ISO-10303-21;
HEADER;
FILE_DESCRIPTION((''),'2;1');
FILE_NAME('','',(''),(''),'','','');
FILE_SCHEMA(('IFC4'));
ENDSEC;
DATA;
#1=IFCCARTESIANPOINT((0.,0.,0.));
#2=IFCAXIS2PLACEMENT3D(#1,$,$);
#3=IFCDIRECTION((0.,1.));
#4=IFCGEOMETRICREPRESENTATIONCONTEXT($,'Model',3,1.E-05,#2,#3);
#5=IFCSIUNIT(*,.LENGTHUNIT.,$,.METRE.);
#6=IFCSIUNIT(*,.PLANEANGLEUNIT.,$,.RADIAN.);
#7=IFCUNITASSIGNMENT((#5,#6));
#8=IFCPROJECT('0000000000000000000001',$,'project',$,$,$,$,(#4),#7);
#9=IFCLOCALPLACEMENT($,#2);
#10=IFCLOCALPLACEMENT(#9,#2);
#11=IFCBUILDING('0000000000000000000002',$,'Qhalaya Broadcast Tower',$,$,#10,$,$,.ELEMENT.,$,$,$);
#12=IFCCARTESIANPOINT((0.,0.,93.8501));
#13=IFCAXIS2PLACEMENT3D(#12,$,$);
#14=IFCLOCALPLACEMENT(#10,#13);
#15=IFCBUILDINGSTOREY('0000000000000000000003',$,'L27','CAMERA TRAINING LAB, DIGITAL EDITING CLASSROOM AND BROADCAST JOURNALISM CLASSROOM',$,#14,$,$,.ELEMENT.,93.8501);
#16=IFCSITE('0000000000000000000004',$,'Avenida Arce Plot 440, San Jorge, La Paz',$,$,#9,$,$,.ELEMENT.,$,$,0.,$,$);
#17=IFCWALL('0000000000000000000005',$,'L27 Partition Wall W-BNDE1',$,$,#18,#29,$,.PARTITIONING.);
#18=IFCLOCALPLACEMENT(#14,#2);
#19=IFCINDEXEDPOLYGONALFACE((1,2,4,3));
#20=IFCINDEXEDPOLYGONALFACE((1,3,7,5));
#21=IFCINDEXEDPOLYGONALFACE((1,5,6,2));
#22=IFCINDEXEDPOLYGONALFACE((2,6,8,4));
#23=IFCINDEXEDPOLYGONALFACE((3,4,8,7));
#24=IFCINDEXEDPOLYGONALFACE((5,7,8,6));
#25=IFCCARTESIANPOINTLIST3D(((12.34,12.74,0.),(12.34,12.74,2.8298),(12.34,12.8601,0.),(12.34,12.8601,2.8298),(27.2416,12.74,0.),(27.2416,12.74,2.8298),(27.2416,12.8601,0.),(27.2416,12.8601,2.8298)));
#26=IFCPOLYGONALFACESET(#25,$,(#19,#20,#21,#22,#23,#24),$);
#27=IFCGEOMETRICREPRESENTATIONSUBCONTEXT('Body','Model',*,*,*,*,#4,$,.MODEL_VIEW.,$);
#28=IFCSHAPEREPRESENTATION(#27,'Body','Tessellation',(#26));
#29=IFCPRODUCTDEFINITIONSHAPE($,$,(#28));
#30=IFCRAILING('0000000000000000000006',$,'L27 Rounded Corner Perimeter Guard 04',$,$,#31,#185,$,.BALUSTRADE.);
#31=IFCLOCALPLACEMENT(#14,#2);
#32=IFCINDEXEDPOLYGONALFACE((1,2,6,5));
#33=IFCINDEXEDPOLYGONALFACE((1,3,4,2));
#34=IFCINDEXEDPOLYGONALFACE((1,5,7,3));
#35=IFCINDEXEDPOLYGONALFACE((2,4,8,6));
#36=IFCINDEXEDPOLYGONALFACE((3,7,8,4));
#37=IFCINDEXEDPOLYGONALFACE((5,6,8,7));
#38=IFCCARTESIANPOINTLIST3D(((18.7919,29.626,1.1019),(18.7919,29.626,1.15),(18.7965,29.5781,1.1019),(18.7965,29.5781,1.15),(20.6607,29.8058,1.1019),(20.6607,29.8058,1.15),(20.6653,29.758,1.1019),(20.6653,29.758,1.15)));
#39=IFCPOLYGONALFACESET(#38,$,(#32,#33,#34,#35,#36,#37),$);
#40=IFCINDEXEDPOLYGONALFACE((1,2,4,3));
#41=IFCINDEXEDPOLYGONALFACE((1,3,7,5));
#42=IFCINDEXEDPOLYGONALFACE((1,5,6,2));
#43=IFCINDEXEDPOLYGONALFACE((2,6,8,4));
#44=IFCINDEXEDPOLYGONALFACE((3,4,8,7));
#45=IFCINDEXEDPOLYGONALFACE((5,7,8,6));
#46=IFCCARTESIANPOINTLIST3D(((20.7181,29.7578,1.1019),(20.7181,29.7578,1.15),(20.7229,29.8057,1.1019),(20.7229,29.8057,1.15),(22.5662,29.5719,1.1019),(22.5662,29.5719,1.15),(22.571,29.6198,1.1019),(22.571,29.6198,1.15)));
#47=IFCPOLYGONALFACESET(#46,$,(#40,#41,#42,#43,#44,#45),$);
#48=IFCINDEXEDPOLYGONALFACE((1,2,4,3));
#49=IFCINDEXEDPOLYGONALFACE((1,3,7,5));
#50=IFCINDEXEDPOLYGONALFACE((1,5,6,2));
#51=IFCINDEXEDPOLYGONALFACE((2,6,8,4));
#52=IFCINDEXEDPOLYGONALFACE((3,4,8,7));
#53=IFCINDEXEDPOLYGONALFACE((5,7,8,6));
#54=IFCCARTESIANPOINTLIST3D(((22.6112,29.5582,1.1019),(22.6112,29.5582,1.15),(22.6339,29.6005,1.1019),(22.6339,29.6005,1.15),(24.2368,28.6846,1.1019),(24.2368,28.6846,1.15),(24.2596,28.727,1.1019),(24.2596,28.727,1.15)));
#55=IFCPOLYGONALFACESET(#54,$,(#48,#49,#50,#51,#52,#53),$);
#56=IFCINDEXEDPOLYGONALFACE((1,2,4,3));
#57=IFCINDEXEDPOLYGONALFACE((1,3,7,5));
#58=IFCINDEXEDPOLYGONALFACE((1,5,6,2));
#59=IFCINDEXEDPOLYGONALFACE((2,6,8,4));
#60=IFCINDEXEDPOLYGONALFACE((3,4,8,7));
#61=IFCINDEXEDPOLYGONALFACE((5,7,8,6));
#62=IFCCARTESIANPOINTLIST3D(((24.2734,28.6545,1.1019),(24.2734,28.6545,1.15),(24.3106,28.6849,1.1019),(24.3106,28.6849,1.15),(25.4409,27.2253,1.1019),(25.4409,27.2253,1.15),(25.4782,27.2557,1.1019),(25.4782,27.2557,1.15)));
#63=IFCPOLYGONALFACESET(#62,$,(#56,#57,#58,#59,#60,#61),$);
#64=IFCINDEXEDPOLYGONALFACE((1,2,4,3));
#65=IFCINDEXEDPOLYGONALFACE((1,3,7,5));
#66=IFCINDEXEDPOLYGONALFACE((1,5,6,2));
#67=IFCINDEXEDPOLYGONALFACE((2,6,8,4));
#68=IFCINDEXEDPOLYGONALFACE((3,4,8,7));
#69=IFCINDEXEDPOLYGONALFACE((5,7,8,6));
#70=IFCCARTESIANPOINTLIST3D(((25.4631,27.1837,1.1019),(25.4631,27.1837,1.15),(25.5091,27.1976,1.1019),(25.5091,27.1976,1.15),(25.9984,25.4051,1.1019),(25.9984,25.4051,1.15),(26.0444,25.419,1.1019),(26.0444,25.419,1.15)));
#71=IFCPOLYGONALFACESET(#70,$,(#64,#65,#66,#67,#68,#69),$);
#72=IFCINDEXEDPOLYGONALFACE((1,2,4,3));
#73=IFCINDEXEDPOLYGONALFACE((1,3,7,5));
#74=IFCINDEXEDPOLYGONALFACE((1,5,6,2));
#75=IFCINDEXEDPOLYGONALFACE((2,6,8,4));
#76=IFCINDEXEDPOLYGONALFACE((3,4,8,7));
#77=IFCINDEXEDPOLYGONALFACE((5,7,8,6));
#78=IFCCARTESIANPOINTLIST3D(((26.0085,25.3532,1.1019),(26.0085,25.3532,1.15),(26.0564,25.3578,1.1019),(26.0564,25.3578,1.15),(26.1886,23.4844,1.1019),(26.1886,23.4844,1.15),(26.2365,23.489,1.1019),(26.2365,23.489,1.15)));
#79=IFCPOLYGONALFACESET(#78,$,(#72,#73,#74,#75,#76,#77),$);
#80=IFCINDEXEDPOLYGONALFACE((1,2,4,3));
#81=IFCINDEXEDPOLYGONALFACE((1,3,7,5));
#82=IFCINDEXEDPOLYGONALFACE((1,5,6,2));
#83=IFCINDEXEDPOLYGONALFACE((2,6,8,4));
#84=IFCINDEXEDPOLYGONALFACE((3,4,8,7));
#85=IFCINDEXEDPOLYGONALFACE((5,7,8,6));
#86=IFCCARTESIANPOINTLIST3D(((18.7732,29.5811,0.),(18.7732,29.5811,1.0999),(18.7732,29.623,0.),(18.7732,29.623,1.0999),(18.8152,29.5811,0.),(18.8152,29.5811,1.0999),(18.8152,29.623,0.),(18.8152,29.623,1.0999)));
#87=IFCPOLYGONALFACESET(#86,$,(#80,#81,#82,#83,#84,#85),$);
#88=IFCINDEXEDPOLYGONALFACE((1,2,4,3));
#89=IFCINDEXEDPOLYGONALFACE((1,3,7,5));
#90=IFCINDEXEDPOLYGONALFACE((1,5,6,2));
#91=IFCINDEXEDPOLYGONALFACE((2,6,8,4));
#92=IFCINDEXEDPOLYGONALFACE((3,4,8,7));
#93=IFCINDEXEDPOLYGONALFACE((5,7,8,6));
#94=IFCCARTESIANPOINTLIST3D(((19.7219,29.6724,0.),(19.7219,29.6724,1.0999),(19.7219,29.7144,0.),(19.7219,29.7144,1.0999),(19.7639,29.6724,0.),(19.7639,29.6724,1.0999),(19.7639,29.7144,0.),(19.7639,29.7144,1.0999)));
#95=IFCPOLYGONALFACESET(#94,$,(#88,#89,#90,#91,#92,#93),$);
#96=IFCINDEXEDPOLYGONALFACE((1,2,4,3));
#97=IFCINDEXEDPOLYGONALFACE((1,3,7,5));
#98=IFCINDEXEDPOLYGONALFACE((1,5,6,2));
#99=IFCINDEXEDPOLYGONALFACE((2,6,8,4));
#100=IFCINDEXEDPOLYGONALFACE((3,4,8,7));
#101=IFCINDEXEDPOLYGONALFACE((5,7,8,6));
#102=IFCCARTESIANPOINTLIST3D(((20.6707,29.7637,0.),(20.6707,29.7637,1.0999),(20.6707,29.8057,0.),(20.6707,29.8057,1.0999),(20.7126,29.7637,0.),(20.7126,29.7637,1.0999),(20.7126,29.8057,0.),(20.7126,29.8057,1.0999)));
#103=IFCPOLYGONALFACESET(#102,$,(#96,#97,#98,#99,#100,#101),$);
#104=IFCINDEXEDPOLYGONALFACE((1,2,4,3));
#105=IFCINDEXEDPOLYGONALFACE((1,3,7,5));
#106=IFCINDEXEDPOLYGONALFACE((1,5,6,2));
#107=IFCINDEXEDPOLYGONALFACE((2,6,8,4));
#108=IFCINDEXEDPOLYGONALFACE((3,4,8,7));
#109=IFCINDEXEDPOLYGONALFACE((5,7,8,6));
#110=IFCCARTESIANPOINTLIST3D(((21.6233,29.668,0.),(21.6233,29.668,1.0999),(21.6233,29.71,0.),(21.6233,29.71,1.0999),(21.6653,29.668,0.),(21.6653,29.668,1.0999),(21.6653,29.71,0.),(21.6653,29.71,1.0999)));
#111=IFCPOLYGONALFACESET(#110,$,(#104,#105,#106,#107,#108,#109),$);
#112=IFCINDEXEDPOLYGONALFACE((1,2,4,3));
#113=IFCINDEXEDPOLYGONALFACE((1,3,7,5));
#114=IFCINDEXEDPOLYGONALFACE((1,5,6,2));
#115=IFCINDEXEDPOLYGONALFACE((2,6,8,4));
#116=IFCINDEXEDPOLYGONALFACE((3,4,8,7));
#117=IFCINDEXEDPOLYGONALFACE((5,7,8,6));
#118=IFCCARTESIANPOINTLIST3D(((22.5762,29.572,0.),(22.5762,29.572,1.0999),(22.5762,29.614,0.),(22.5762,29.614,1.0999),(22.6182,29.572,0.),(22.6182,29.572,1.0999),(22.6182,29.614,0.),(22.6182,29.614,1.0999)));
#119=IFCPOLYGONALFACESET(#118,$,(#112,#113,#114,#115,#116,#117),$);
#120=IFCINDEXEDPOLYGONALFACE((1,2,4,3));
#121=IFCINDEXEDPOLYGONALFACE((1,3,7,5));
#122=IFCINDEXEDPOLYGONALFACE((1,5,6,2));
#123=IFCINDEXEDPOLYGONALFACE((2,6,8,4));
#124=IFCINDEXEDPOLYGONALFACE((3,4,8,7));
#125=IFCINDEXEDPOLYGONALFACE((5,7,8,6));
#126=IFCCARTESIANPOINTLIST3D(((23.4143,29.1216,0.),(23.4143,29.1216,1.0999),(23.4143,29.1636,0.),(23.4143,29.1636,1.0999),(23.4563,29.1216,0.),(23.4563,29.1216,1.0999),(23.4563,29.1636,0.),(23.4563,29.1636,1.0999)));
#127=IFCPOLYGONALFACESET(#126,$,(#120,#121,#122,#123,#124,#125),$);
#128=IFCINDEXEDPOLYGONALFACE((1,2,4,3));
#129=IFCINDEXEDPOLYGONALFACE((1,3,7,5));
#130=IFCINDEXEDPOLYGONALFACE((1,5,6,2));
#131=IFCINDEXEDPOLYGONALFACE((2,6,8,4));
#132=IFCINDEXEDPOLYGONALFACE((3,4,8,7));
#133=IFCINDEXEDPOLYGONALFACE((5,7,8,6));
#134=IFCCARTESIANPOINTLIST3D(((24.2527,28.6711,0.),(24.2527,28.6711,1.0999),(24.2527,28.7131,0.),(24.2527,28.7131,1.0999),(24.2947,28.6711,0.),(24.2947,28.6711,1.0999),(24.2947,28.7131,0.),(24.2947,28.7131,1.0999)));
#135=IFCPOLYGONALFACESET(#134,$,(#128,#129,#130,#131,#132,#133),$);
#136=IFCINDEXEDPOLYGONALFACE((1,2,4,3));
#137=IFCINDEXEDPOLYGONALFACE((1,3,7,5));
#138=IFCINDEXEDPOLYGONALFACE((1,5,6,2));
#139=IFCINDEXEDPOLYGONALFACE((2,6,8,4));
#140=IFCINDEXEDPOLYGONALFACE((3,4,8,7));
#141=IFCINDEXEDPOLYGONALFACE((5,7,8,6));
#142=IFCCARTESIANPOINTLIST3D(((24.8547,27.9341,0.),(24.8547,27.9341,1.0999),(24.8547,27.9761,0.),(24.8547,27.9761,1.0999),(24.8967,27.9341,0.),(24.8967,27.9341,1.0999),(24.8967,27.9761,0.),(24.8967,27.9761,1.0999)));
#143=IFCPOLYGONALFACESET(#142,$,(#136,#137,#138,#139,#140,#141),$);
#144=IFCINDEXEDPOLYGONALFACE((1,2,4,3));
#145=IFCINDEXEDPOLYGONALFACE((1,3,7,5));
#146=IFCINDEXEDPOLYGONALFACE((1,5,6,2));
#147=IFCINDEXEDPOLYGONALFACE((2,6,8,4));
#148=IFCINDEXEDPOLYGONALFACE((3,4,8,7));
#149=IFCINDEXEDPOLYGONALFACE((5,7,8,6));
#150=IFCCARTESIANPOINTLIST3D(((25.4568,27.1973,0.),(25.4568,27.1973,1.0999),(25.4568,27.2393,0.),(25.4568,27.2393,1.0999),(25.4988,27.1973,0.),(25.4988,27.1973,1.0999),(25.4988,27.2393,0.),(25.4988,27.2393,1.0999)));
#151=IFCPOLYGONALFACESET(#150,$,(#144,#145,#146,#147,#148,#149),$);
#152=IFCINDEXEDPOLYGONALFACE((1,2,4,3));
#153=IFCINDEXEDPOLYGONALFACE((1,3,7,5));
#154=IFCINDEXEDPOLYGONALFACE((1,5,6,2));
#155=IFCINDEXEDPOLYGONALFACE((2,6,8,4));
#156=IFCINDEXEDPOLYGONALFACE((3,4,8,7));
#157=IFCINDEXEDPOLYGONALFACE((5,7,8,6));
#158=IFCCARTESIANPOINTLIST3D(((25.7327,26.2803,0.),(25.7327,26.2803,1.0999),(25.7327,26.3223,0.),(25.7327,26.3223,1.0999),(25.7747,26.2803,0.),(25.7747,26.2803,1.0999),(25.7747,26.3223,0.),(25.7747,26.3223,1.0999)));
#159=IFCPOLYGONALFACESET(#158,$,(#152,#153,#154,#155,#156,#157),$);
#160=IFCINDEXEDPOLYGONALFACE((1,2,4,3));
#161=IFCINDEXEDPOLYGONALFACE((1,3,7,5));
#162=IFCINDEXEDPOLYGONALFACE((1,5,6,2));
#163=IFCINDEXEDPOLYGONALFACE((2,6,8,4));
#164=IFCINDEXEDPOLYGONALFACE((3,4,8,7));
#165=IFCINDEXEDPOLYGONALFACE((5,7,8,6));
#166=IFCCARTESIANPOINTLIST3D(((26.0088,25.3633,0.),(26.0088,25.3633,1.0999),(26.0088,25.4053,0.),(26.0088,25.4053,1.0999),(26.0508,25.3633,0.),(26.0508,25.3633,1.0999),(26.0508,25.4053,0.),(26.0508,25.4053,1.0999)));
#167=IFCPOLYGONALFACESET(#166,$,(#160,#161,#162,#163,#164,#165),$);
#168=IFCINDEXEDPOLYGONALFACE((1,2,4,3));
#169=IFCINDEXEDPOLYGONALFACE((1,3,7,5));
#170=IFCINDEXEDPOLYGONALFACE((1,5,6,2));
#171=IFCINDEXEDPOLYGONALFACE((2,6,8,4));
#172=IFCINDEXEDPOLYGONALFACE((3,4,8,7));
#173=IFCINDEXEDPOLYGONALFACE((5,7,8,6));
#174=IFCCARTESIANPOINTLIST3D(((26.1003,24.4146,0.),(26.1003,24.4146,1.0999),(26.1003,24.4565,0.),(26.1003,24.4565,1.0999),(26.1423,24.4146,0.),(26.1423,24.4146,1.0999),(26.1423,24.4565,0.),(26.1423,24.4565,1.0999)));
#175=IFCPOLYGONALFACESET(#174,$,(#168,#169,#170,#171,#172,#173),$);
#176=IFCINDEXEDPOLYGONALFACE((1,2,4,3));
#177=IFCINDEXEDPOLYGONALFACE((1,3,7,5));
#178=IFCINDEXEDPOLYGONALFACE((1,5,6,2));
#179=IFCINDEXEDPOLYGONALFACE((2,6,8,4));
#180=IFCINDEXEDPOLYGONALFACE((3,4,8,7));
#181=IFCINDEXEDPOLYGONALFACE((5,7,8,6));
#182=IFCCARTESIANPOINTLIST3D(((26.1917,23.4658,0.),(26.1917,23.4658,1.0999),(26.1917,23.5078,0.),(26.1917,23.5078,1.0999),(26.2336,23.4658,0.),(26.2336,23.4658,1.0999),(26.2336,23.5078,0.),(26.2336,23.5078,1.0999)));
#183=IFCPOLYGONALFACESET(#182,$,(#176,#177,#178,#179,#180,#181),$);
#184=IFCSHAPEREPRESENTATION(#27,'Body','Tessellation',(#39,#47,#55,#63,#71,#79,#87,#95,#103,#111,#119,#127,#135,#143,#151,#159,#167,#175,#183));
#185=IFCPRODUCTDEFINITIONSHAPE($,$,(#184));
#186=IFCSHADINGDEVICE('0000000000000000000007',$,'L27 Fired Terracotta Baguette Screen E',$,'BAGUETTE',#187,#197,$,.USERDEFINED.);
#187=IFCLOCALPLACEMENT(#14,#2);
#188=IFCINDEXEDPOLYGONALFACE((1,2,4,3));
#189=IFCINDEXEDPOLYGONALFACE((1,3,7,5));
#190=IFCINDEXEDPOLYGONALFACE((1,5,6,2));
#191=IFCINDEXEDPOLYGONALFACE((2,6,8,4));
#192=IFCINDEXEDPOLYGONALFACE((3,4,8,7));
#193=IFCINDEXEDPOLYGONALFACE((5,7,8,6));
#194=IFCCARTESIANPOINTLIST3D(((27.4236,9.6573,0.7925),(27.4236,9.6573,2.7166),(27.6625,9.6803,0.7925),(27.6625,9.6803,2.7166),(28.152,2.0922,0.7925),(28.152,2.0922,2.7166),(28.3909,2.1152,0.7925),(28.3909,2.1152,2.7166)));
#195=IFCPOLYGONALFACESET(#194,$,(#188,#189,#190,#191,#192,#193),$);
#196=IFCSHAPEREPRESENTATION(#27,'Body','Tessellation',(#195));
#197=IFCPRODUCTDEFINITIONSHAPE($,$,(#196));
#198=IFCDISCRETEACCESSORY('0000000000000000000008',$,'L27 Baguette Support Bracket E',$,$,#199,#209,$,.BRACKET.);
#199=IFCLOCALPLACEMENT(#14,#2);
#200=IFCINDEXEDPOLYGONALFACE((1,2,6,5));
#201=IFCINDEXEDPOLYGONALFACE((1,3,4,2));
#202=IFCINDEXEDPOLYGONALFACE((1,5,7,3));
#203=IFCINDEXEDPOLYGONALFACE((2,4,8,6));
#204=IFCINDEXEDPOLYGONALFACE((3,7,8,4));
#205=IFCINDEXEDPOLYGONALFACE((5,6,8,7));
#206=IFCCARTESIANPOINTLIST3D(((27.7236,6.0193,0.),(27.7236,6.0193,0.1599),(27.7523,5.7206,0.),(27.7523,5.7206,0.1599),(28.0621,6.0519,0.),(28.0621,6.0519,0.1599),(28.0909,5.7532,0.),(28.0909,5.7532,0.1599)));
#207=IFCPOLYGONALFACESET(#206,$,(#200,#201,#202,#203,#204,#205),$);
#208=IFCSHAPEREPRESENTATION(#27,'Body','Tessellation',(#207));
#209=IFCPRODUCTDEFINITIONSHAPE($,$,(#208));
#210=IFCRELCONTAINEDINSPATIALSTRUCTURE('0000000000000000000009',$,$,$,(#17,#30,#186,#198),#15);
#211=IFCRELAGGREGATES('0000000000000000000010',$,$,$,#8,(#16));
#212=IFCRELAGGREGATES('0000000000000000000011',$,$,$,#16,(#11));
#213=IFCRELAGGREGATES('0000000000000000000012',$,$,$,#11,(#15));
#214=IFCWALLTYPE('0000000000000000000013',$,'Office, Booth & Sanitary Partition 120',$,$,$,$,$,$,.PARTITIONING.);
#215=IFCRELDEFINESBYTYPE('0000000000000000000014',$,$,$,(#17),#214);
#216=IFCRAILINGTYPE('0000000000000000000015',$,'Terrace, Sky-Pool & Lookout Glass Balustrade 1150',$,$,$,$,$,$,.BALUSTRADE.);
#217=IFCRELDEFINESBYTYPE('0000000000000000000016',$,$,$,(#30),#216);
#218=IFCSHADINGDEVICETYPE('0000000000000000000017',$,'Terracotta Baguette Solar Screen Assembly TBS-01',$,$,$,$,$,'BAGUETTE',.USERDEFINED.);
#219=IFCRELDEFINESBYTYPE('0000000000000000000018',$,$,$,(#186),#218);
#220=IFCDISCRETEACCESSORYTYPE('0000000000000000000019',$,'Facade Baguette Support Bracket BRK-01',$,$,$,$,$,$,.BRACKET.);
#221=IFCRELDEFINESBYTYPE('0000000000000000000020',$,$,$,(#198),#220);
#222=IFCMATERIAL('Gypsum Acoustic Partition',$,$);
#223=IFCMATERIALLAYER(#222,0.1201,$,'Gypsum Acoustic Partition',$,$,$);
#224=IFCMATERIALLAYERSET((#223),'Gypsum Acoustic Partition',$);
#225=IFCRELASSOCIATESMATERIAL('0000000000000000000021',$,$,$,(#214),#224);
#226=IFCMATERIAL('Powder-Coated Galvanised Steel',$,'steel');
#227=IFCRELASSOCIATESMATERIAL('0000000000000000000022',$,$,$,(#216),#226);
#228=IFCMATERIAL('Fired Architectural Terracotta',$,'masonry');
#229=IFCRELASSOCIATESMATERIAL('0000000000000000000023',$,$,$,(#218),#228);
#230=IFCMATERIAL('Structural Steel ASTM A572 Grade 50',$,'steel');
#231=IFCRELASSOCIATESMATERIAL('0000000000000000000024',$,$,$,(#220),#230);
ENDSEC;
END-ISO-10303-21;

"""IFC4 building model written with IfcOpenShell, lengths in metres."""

from ifc_helpers import new_model, si_unit, direction, frame, frame_2d, origin, origin_2d, place, context, subcontext, project, spatial, rectangle, extrude, material, layer, layer_set, type_object, element, save


model = new_model("IFC4")

# Units and contexts
model_context = context("Model", 3, precision=1e-05, world=origin(), true_north=direction((0.0, 1.0)))
body_context = subcontext(model_context, "Body", "Model", "MODEL_VIEW")
ifc_project = project(units=[si_unit("LENGTHUNIT", "METRE"), si_unit("PLANEANGLEUNIT", "RADIAN")], contexts=[model_context])

# Site, building, storey
site_placement = place(None, origin())
site = spatial("IfcSite", under=ifc_project, at=site_placement, Name="Avenida Arce Plot 440, San Jorge, La Paz", CompositionType="ELEMENT", RefElevation=0.0)
building_placement = place(site_placement, origin())
building = spatial("IfcBuilding", under=site, at=building_placement, Name="Qhalaya Broadcast Tower", CompositionType="ELEMENT")
storey_placement = place(building_placement, frame((0.0, 0.0, 93.8501)))
storey = spatial("IfcBuildingStorey", under=building, at=storey_placement, Name="L27", Description="CAMERA TRAINING LAB, DIGITAL EDITING CLASSROOM AND BROADCAST JOURNALISM CLASSROOM", CompositionType="ELEMENT", Elevation=93.8501)

# Shared definitions
ifc_material_1 = material(Name="Structural Steel ASTM A572 Grade 50", Category="steel")

# Shared definitions
ifc_material_2 = material(Name="Gypsum Acoustic Partition")

# Wall
ifc_layer_1 = layer(ifc_material_2, 0.1201, Name="Gypsum Acoustic Partition")
ifc_layer_set_1 = layer_set([ifc_layer_1], Name="Gypsum Acoustic Partition")
wall_type_1 = type_object("IfcWallType", Name="Office, Booth & Sanitary Partition 120", PredefinedType="PARTITIONING", material=ifc_layer_set_1)
wall_1_placement = place(storey_placement, frame((12.3401, 12.8, 0.0), z_axis=(0.0, 0.0, 1.0), x_axis=(1.0, 0.0, 0.0)))
element("IfcWall", 1, at=wall_1_placement, inside=storey, type_object=wall_type_1, Name="L27 Partition Wall W-BNDE1", PredefinedType="PARTITIONING", context=body_context, shape_type="SweptSolid", body=[
    extrude(rectangle(XDim=14.9016, YDim=0.1201, at=frame_2d((7.4507, 0.0))), origin(), (0.0, 0.0, 1.0), 2.8298),
])

# Railing
ifc_material_3 = material(Name="Powder-Coated Galvanised Steel", Category="steel")
railing_type = type_object("IfcRailingType", Name="Terrace, Sky-Pool & Lookout Glass Balustrade 1150", PredefinedType="BALUSTRADE", material=ifc_material_3)
railing_placement = place(storey_placement, frame((18.7942, 29.6021, 0.0)))
element("IfcRailing", 2, at=railing_placement, inside=storey, type_object=railing_type, Name="L27 Rounded Corner Perimeter Guard 04", PredefinedType="BALUSTRADE", context=body_context, shape_type="SweptSolid", body=[
    extrude(rectangle(XDim=0.0481, YDim=0.0481, at=origin_2d()), frame((0.0, 0.0, 1.126), z_axis=(0.995401, 0.0958, 0.0), x_axis=(-0.0958, 0.995401, 0.0)), (0.0, 0.0, 1.0), 1.8774),
    extrude(rectangle(XDim=0.0481, YDim=0.0481, at=origin_2d()), frame((1.9263, 0.1797, 1.126), z_axis=(0.99498, -0.100072, 0.0), x_axis=(0.100072, 0.99498, 0.0)), (0.0, 0.0, 1.0), 1.8574),
    extrude(rectangle(XDim=0.0481, YDim=0.0481, at=origin_2d()), frame((3.8284, -0.0227, 1.126), z_axis=(0.880879, -0.473342, 0.0), x_axis=(0.473342, 0.880879, 0.0)), (0.0, 0.0, 1.0), 1.8455),
    extrude(rectangle(XDim=0.0481, YDim=0.0481, at=origin_2d()), frame((5.4978, -0.9324, 1.126), z_axis=(0.632672, -0.77442, 0.0), x_axis=(0.77442, 0.632672, 0.0)), (0.0, 0.0, 1.0), 1.8455),
    extrude(rectangle(XDim=0.0481, YDim=0.0481, at=origin_2d()), frame((6.6919, -2.4114, 1.126), z_axis=(0.288213, -0.957566, 0.0), x_axis=(0.957566, 0.288213, 0.0)), (0.0, 0.0, 1.0), 1.8574),
    extrude(rectangle(XDim=0.0481, YDim=0.0481, at=origin_2d()), frame((7.2383, -4.2466, 1.126), z_axis=(0.095927, -0.995388, 0.0), x_axis=(0.995388, 0.095927, 0.0)), (0.0, 0.0, 1.0), 1.8774),
    extrude(rectangle(XDim=0.042, YDim=0.042, at=origin_2d()), origin(), (0.0, 0.0, 1.0), 1.0999),
    extrude(rectangle(XDim=0.042, YDim=0.042, at=origin_2d()), frame((0.9487, 0.0913, 0.0)), (0.0, 0.0, 1.0), 1.0999),
    extrude(rectangle(XDim=0.042, YDim=0.042, at=origin_2d()), frame((1.8975, 0.1826, 0.0)), (0.0, 0.0, 1.0), 1.0999),
    extrude(rectangle(XDim=0.042, YDim=0.042, at=origin_2d()), frame((2.8501, 0.0869, 0.0)), (0.0, 0.0, 1.0), 1.0999),
    extrude(rectangle(XDim=0.042, YDim=0.042, at=origin_2d()), frame((3.803, -0.009, 0.0)), (0.0, 0.0, 1.0), 1.0999),
    extrude(rectangle(XDim=0.042, YDim=0.042, at=origin_2d()), frame((4.6411, -0.4595, 0.0)), (0.0, 0.0, 1.0), 1.0999),
    extrude(rectangle(XDim=0.042, YDim=0.042, at=origin_2d()), frame((5.4795, -0.9099, 0.0)), (0.0, 0.0, 1.0), 1.0999),
    extrude(rectangle(XDim=0.042, YDim=0.042, at=origin_2d()), frame((6.0815, -1.647, 0.0)), (0.0, 0.0, 1.0), 1.0999),
    extrude(rectangle(XDim=0.042, YDim=0.042, at=origin_2d()), frame((6.6836, -2.3838, 0.0)), (0.0, 0.0, 1.0), 1.0999),
    extrude(rectangle(XDim=0.042, YDim=0.042, at=origin_2d()), frame((6.9595, -3.3008, 0.0)), (0.0, 0.0, 1.0), 1.0999),
    extrude(rectangle(XDim=0.042, YDim=0.042, at=origin_2d()), frame((7.2356, -4.2178, 0.0)), (0.0, 0.0, 1.0), 1.0999),
    extrude(rectangle(XDim=0.042, YDim=0.042, at=origin_2d()), frame((7.3271, -5.1665, 0.0)), (0.0, 0.0, 1.0), 1.0999),
    extrude(rectangle(XDim=0.042, YDim=0.042, at=origin_2d()), frame((7.4185, -6.1152, 0.0)), (0.0, 0.0, 1.0), 1.0999),
])

# Shading device
ifc_material_4 = material(Name="Fired Architectural Terracotta", Category="masonry")
shading_device_type = type_object("IfcShadingDeviceType", Name="Terracotta Baguette Solar Screen Assembly TBS-01", ElementType="BAGUETTE", PredefinedType="USERDEFINED", material=ifc_material_4)
shading_device_placement = place(storey_placement, frame((27.9072, 5.8862, 0.7925), z_axis=(0.0, 0.0, 1.0), x_axis=(-0.095846, 0.995396, 0.0)))
element("IfcShadingDevice", 3, at=shading_device_placement, inside=storey, type_object=shading_device_type, Name="L27 Fired Terracotta Baguette Screen E", ObjectType="BAGUETTE", PredefinedType="USERDEFINED", context=body_context, shape_type="SweptSolid", body=[
    extrude(rectangle(XDim=7.6001, YDim=0.24, at=origin_2d()), origin(), (0.0, 0.0, 1.0), 1.9241),
])

# Discrete accessory
discrete_accessory_type = type_object("IfcDiscreteAccessoryType", Name="Facade Baguette Support Bracket BRK-01", PredefinedType="BRACKET", material=ifc_material_1)
discrete_accessory_placement = place(storey_placement, frame((27.9072, 5.8862, 0.0), z_axis=(0.0, 0.0, 1.0), x_axis=(-0.095846, 0.995396, 0.0)))
element("IfcDiscreteAccessory", 4, at=discrete_accessory_placement, inside=storey, type_object=discrete_accessory_type, Name="L27 Baguette Support Bracket E", PredefinedType="BRACKET", context=body_context, shape_type="SweptSolid", body=[
    extrude(rectangle(XDim=0.3, YDim=0.3401, at=origin_2d()), origin(), (0.0, 0.0, 1.0), 0.1599),
])

save(model, "model.ifc")
